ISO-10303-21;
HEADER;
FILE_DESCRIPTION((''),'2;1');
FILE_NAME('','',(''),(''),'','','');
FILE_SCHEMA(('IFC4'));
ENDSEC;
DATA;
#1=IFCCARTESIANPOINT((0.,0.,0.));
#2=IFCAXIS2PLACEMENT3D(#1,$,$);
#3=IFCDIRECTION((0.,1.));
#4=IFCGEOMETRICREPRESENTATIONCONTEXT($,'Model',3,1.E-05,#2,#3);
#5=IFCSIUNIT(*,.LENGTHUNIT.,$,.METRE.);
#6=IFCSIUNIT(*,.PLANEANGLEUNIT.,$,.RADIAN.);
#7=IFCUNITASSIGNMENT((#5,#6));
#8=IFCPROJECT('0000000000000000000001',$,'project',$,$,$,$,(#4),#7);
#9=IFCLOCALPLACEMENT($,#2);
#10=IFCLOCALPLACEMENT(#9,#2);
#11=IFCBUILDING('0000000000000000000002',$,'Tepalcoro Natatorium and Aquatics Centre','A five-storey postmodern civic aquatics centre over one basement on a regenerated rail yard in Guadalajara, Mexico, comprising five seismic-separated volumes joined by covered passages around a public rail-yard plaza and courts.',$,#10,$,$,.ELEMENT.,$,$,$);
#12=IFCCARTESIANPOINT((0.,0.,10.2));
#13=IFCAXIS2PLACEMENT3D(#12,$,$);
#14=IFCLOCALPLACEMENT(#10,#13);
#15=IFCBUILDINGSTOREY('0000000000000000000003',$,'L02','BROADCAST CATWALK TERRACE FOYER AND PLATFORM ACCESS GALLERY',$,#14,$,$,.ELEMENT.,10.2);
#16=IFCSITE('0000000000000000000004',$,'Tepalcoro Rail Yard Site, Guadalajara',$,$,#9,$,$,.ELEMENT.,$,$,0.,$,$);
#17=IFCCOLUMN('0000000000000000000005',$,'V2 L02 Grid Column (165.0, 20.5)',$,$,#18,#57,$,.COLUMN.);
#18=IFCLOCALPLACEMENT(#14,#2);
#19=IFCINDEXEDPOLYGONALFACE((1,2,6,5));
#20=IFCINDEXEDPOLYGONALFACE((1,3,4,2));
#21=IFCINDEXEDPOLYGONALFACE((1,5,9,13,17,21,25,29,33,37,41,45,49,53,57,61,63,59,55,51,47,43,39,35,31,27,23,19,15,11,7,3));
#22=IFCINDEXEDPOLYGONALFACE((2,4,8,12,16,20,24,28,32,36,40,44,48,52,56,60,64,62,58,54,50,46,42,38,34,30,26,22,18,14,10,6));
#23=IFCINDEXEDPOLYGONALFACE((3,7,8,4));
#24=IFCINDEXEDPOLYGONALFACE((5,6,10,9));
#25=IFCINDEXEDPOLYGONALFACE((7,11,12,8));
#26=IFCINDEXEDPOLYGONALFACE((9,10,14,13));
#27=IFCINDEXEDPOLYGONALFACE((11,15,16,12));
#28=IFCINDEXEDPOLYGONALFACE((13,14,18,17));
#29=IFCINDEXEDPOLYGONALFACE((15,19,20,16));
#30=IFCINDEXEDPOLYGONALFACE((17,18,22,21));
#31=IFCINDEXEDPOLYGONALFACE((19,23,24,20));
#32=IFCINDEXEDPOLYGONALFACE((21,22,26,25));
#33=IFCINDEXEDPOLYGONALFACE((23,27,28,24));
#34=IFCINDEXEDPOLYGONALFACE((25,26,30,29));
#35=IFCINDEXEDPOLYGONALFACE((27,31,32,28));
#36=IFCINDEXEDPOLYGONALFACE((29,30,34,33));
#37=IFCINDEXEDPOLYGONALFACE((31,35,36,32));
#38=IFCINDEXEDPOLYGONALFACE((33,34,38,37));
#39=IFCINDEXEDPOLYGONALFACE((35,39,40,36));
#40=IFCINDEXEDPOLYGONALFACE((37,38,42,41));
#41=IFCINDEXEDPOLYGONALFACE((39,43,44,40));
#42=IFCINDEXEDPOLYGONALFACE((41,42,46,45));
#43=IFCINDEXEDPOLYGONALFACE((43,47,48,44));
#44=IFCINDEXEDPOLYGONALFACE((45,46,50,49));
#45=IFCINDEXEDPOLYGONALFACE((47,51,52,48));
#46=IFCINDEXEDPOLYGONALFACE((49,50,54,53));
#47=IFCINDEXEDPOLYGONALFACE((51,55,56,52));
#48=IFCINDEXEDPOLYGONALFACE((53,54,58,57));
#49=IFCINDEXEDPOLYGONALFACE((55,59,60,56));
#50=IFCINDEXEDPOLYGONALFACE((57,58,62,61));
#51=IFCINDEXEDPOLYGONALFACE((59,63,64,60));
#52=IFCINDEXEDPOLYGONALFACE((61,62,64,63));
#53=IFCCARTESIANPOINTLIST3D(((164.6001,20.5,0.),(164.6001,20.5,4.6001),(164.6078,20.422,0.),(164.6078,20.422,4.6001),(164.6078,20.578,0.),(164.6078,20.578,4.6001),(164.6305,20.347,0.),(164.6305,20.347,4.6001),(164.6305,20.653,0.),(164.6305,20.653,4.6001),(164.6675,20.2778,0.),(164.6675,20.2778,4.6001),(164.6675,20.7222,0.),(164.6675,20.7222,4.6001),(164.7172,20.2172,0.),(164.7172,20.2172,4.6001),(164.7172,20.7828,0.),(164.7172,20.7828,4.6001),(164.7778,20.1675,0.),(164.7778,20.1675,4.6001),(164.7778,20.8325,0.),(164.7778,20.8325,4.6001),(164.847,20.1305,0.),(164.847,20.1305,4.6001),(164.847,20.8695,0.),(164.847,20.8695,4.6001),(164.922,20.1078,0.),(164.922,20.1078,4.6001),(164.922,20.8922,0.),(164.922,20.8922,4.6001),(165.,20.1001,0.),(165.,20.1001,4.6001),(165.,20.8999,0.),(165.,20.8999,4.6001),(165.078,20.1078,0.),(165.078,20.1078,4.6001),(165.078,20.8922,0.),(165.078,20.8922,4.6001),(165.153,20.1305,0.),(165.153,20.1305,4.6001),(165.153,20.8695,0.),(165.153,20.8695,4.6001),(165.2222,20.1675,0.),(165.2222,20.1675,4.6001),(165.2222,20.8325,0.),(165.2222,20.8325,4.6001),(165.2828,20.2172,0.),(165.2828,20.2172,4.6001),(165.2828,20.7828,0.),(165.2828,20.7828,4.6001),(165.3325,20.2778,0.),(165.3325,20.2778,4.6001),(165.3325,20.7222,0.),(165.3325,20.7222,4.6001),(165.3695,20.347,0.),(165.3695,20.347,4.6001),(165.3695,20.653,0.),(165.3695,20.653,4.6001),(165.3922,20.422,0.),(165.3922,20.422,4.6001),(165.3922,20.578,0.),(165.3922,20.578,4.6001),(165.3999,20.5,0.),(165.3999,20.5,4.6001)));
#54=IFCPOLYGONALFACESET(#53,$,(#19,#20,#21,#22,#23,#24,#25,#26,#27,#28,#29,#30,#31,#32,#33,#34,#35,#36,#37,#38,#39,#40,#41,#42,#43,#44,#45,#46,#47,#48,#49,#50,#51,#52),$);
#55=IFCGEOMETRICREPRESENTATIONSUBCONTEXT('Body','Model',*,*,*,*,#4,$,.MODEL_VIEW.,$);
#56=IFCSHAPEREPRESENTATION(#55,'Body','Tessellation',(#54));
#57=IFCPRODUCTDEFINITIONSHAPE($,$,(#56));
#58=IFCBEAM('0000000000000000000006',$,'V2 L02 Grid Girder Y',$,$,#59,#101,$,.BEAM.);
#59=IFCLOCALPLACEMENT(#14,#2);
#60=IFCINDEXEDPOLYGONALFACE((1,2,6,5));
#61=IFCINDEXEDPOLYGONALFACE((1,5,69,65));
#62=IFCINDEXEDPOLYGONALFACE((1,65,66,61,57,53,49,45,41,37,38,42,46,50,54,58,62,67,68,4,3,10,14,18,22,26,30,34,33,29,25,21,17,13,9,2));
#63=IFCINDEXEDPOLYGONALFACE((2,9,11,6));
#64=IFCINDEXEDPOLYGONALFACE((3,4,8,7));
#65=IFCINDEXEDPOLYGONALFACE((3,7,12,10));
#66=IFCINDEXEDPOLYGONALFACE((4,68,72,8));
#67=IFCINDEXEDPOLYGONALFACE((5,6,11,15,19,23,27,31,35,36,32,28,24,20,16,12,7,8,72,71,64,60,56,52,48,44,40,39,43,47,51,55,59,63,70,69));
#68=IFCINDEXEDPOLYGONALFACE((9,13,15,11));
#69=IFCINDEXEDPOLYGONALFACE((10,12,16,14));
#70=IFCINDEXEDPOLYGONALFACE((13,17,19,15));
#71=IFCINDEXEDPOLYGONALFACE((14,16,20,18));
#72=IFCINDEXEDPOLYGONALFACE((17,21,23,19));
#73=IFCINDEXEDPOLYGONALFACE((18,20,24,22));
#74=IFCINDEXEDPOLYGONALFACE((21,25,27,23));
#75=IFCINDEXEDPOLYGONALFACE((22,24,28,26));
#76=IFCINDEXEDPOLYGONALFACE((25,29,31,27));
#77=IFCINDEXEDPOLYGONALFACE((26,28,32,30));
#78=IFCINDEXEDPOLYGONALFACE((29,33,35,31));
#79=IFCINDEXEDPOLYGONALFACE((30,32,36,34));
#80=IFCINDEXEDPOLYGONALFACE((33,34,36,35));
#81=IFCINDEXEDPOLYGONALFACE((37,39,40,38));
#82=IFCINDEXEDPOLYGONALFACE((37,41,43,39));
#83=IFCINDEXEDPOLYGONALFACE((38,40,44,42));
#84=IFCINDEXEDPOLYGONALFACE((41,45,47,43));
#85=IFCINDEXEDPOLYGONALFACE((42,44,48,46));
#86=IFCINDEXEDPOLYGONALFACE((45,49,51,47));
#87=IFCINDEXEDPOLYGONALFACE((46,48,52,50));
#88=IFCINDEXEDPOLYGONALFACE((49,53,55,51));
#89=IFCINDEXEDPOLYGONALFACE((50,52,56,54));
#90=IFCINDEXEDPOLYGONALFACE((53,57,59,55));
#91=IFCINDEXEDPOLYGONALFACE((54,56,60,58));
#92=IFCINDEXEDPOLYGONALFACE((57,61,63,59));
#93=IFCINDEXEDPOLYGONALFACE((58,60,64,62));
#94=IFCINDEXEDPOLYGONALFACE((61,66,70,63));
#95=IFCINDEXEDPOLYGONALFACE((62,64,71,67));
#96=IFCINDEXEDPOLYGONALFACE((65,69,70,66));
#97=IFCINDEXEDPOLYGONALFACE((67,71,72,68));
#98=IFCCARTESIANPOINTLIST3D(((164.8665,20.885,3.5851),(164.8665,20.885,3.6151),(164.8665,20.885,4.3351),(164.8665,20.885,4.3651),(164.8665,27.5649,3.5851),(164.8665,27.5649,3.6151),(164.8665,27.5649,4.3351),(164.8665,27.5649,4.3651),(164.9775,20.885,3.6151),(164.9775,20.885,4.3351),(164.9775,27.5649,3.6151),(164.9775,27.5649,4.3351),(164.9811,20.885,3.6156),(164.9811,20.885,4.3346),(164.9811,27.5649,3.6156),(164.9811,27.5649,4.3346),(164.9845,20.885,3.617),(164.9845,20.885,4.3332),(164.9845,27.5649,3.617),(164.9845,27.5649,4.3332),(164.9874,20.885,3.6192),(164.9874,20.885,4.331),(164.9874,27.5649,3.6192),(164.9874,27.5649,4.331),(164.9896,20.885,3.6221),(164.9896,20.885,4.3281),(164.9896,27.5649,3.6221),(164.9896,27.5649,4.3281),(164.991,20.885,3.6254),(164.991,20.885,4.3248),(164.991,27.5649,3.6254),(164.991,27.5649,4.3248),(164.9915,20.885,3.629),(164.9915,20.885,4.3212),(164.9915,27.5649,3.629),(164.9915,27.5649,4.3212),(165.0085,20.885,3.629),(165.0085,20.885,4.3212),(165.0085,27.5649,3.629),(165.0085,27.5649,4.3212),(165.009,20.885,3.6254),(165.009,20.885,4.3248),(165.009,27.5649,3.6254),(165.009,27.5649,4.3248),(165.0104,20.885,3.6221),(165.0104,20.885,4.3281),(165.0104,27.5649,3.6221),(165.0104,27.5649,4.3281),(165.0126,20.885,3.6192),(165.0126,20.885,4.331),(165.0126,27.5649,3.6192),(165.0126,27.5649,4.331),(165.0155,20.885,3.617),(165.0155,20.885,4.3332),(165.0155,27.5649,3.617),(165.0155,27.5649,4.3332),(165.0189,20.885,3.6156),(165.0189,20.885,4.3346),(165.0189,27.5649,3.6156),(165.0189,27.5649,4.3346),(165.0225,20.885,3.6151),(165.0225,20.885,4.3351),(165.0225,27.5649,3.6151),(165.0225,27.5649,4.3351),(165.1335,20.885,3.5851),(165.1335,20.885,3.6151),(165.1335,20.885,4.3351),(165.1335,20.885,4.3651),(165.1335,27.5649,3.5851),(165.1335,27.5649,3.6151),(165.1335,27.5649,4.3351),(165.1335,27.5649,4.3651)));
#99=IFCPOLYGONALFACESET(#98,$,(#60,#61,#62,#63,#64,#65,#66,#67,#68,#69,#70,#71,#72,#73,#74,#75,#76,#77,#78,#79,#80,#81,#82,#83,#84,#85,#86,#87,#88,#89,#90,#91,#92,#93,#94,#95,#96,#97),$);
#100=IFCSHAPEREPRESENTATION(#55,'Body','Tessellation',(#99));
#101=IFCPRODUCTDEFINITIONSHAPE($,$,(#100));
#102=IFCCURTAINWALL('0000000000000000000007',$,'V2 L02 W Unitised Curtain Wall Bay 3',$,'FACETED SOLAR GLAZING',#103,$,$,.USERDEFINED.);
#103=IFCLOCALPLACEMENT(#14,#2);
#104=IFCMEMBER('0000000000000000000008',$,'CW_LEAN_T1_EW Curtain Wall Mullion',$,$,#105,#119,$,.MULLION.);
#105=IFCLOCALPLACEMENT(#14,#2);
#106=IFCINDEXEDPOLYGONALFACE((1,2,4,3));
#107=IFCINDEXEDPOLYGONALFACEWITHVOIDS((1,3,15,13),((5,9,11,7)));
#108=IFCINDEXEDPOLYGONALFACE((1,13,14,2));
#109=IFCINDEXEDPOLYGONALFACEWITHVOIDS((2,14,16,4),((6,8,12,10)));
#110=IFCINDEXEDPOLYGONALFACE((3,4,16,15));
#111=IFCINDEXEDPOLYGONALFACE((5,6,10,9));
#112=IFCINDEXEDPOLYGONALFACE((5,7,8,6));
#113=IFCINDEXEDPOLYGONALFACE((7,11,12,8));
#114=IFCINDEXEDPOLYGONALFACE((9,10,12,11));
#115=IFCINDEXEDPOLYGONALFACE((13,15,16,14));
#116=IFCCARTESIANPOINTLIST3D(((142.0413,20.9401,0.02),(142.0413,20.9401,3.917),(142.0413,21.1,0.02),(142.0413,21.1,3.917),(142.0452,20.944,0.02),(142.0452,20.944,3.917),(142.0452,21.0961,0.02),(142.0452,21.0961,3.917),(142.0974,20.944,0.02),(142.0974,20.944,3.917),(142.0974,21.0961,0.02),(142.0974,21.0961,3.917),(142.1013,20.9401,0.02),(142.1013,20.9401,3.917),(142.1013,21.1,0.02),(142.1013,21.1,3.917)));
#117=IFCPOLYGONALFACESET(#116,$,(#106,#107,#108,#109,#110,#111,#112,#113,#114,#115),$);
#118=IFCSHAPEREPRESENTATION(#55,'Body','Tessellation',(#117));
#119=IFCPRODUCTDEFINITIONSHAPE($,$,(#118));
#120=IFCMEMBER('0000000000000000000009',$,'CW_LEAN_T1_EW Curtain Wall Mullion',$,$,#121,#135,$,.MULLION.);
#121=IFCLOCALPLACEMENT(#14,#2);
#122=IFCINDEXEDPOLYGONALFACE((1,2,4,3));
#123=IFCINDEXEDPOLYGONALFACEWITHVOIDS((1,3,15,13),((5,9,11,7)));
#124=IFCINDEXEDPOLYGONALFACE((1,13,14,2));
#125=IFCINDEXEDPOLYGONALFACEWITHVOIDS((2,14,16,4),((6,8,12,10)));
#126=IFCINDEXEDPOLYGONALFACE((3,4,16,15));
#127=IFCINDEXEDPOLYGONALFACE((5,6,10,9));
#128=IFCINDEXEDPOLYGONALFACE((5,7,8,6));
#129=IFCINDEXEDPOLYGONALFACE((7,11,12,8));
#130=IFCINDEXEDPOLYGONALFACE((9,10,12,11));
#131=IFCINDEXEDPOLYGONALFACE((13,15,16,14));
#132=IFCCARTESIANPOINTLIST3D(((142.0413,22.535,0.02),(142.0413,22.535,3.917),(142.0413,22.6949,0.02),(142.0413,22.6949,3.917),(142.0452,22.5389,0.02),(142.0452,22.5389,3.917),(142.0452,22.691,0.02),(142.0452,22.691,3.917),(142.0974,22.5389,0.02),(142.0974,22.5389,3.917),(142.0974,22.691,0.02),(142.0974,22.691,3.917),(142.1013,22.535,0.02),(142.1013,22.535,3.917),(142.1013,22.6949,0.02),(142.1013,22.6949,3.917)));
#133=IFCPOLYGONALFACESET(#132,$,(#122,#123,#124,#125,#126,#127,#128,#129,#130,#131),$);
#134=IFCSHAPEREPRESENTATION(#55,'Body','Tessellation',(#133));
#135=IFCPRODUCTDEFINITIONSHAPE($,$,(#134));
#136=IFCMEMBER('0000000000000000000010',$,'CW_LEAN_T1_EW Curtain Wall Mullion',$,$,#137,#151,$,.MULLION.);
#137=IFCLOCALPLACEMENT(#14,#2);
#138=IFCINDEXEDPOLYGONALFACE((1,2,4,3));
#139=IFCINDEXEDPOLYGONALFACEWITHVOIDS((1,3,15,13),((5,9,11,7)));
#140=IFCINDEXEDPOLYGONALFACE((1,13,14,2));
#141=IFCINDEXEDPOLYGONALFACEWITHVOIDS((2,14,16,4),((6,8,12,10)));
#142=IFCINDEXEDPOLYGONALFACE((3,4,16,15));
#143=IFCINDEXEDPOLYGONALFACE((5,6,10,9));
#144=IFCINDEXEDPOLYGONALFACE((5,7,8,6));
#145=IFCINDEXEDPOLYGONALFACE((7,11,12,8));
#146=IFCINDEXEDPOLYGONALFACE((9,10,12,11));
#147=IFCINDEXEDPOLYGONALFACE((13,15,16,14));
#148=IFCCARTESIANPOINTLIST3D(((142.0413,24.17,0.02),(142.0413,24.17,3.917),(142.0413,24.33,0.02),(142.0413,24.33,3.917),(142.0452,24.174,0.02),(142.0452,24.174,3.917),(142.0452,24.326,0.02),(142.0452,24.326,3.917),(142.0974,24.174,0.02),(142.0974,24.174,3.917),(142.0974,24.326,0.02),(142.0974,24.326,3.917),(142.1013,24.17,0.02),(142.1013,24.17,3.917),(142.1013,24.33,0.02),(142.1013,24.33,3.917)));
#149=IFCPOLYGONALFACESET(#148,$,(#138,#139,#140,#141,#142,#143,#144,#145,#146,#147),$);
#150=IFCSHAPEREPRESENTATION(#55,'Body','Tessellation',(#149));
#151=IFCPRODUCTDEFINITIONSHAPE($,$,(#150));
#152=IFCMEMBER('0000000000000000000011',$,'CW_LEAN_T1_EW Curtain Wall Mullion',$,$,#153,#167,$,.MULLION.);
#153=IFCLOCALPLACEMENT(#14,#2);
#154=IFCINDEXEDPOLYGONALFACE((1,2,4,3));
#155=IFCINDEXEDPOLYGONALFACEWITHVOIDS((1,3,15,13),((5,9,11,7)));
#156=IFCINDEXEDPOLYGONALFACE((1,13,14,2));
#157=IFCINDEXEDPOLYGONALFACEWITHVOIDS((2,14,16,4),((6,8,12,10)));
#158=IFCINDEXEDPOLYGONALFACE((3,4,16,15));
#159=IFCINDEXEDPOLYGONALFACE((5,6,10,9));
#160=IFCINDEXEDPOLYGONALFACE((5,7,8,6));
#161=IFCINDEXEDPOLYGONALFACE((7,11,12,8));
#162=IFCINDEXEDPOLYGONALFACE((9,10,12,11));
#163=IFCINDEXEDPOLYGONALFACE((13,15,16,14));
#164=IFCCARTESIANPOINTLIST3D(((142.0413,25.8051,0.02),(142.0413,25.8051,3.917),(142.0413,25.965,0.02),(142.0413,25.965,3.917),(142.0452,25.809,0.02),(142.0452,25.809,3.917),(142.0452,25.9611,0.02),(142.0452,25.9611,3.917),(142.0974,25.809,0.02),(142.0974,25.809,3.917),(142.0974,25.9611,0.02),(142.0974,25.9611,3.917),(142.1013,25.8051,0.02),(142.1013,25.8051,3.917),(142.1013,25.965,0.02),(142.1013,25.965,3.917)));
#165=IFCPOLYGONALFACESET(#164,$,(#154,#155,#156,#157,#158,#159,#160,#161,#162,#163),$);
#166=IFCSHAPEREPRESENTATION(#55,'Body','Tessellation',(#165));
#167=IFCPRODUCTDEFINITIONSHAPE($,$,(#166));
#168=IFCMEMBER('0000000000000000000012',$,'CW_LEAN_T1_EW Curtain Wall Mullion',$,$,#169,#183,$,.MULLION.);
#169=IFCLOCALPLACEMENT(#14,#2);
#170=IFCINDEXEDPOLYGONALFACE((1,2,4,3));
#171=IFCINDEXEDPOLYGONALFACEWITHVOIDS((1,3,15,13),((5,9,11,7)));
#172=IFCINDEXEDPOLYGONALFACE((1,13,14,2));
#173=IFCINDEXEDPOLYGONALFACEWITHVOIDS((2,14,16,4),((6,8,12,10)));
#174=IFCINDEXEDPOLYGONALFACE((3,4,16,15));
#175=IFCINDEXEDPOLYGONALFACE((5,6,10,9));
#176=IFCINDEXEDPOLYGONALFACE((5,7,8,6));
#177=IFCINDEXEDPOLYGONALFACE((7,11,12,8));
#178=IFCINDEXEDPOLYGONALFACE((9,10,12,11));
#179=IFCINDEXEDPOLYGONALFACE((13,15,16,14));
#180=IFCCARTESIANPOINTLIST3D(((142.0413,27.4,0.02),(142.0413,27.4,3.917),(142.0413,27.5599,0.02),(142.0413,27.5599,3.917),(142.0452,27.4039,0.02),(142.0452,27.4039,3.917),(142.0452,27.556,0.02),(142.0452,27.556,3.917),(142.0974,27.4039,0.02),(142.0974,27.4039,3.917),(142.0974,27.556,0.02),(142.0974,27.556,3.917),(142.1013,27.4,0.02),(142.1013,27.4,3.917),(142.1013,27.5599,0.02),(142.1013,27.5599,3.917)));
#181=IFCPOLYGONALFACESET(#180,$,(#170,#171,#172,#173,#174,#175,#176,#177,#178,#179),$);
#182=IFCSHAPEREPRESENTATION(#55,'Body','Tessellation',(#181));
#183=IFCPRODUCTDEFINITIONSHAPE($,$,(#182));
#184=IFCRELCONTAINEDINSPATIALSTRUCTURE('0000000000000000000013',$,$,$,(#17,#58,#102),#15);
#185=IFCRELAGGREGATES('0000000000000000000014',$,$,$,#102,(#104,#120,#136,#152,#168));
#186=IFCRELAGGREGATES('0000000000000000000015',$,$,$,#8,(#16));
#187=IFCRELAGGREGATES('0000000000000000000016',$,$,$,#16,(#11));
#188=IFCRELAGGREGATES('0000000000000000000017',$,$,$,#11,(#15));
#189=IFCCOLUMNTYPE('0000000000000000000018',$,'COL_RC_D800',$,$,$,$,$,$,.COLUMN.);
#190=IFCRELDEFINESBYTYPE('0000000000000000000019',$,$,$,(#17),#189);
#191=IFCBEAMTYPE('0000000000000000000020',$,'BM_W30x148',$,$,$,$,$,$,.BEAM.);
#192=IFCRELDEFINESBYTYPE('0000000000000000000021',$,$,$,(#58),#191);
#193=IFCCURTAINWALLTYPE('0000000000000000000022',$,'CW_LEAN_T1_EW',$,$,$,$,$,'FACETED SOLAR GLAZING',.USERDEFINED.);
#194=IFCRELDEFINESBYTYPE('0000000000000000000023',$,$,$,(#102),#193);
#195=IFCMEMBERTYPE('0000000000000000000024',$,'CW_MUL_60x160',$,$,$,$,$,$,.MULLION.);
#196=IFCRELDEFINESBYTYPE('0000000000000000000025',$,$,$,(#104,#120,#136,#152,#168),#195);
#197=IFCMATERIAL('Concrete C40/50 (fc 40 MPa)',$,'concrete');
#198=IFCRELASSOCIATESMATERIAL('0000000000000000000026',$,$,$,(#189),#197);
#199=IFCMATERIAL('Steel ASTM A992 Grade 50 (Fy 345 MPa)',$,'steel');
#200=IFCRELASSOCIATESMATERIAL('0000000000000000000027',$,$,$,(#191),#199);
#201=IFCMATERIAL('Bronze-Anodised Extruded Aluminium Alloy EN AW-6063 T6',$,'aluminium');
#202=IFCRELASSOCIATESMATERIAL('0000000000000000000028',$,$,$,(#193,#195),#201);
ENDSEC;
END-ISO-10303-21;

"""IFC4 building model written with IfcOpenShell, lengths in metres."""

from ifc_helpers import new_model, si_unit, direction, frame, origin, origin_2d, place, context, subcontext, project, spatial, hollow_rectangle, circle, i_section, extrude, material, material_profile, profile_set, type_object, element, aggregate, save


model = new_model("IFC4")

# Units and contexts
model_context = context("Model", 3, precision=1e-05, world=origin(), true_north=direction((0.0, 1.0)))
body_context = subcontext(model_context, "Body", "Model", "MODEL_VIEW")
ifc_project = project(units=[si_unit("LENGTHUNIT", "METRE"), si_unit("PLANEANGLEUNIT", "RADIAN")], contexts=[model_context])

# Site, building, storey
site_placement = place(None, origin())
site = spatial("IfcSite", under=ifc_project, at=site_placement, Name="Tepalcoro Rail Yard Site, Guadalajara", CompositionType="ELEMENT", RefElevation=0.0)
building_placement = place(site_placement, origin())
building = spatial("IfcBuilding", under=site, at=building_placement, Name="Tepalcoro Natatorium and Aquatics Centre", Description="A five-storey postmodern civic aquatics centre over one basement on a regenerated rail yard in Guadalajara, Mexico, comprising five seismic-separated volumes joined by covered passages around a public rail-yard plaza and courts.", CompositionType="ELEMENT")
storey_placement = place(building_placement, frame((0.0, 0.0, 10.2)))
storey = spatial("IfcBuildingStorey", under=building, at=storey_placement, Name="L02", Description="BROADCAST CATWALK TERRACE FOYER AND PLATFORM ACCESS GALLERY", CompositionType="ELEMENT", Elevation=10.2)

# Column
ifc_material_1 = material(Name="Concrete C40/50 (fc 40 MPa)", Category="concrete")
ifc_material_profile_1 = material_profile(ifc_material_1, circle(Radius=0.3999, at=origin_2d()), Name="RCD800")
ifc_profile_set_1 = profile_set([ifc_material_profile_1], Name="Concrete C40/50 (fc 40 MPa)")
column_type = type_object("IfcColumnType", Name="COL_RC_D800", PredefinedType="COLUMN", material=ifc_profile_set_1)
column_placement = place(storey_placement, frame((165.0, 20.5, 0.0), z_axis=(0.0, 0.0, 1.0), x_axis=(1.0, 0.0, 0.0)))
element("IfcColumn", 1, at=column_placement, inside=storey, type_object=column_type, Name="V2 L02 Grid Column (165.0, 20.5)", PredefinedType="COLUMN", context=body_context, shape_type="SweptSolid", body=[
    extrude(circle(Radius=0.3999, at=origin_2d()), origin(), (0.0, 0.0, 1.0), 4.6001),
])

# Beam
ifc_material_2 = material(Name="Steel ASTM A992 Grade 50 (Fy 345 MPa)", Category="steel")
ifc_material_profile_2 = material_profile(ifc_material_2, i_section(OverallWidth=0.2671, OverallDepth=0.78, WebThickness=0.0171, FlangeThickness=0.03, FilletRadius=0.0139, at=origin_2d()), Name="W30X148")
ifc_profile_set_2 = profile_set([ifc_material_profile_2], Name="Steel ASTM A992 Grade 50 (Fy 345 MPa)")
beam_type = type_object("IfcBeamType", Name="BM_W30x148", PredefinedType="BEAM", material=ifc_profile_set_2)
beam_placement = place(storey_placement, frame((165.0, 20.885, 3.9751), z_axis=(0.0, 1.0, 0.0), x_axis=(-1.0, 0.0, 0.0)))
element("IfcBeam", 2, at=beam_placement, inside=storey, type_object=beam_type, Name="V2 L02 Grid Girder Y", PredefinedType="BEAM", context=body_context, shape_type="SweptSolid", body=[
    extrude(i_section(OverallWidth=0.2671, OverallDepth=0.78, WebThickness=0.0171, FlangeThickness=0.03, FilletRadius=0.0139, at=origin_2d()), origin(), (0.0, 0.0, 1.0), 6.6799),
])

# Curtain wall, members
ifc_material_3 = material(Name="Bronze-Anodised Extruded Aluminium Alloy EN AW-6063 T6", Category="aluminium")
curtain_wall_type_1 = type_object("IfcCurtainWallType", Name="CW_LEAN_T1_EW", ElementType="FACETED SOLAR GLAZING", PredefinedType="USERDEFINED", material=ifc_material_3)
curtain_wall_1_placement = place(storey_placement, origin())
curtain_wall_1 = element("IfcCurtainWall", 3, at=curtain_wall_1_placement, inside=storey, type_object=curtain_wall_type_1, Name="V2 L02 W Unitised Curtain Wall Bay 3", ObjectType="FACETED SOLAR GLAZING", PredefinedType="USERDEFINED")
ifc_material_profile_3 = material_profile(ifc_material_3, hollow_rectangle(XDim=0.0601, YDim=0.1599, WallThickness=0.0039, at=origin_2d()), Name="AL60X160X4")
ifc_profile_set_3 = profile_set([ifc_material_profile_3], Name="Bronze-Anodised Extruded Aluminium Alloy EN AW-6063 T6")
member_type_1 = type_object("IfcMemberType", Name="CW_MUL_60x160", PredefinedType="MULLION", material=ifc_profile_set_3)
member_1_placement = place(storey_placement, frame((142.0713, 21.02, 0.02), z_axis=(0.0, 0.0, 1.0), x_axis=(1.0, 0.0, 0.0)))
member_1 = element("IfcMember", 4, at=member_1_placement, type_object=member_type_1, Name="CW_LEAN_T1_EW Curtain Wall Mullion", PredefinedType="MULLION", context=body_context, shape_type="SweptSolid", body=[
    extrude(hollow_rectangle(XDim=0.0601, YDim=0.1599, WallThickness=0.0039, at=origin_2d()), origin(), (0.0, 0.0, 1.0), 3.897),
])
member_2_placement = place(storey_placement, frame((142.0713, 22.615, 0.02), z_axis=(0.0, 0.0, 1.0), x_axis=(1.0, 0.0, 0.0)))
member_2 = element("IfcMember", 5, at=member_2_placement, type_object=member_type_1, Name="CW_LEAN_T1_EW Curtain Wall Mullion", PredefinedType="MULLION", context=body_context, shape_type="SweptSolid", body=[
    extrude(hollow_rectangle(XDim=0.0601, YDim=0.1599, WallThickness=0.0039, at=origin_2d()), origin(), (0.0, 0.0, 1.0), 3.897),
])
member_3_placement = place(storey_placement, frame((142.0713, 24.25, 0.02), z_axis=(0.0, 0.0, 1.0), x_axis=(1.0, 0.0, 0.0)))
member_3 = element("IfcMember", 6, at=member_3_placement, type_object=member_type_1, Name="CW_LEAN_T1_EW Curtain Wall Mullion", PredefinedType="MULLION", context=body_context, shape_type="SweptSolid", body=[
    extrude(hollow_rectangle(XDim=0.0601, YDim=0.1599, WallThickness=0.0039, at=origin_2d()), origin(), (0.0, 0.0, 1.0), 3.897),
])
member_4_placement = place(storey_placement, frame((142.0713, 25.885, 0.02), z_axis=(0.0, 0.0, 1.0), x_axis=(1.0, 0.0, 0.0)))
member_4 = element("IfcMember", 7, at=member_4_placement, type_object=member_type_1, Name="CW_LEAN_T1_EW Curtain Wall Mullion", PredefinedType="MULLION", context=body_context, shape_type="SweptSolid", body=[
    extrude(hollow_rectangle(XDim=0.0601, YDim=0.1599, WallThickness=0.0039, at=origin_2d()), origin(), (0.0, 0.0, 1.0), 3.897),
])
member_5_placement = place(storey_placement, frame((142.0713, 27.48, 0.02), z_axis=(0.0, 0.0, 1.0), x_axis=(1.0, 0.0, 0.0)))
member_5 = element("IfcMember", 8, at=member_5_placement, type_object=member_type_1, Name="CW_LEAN_T1_EW Curtain Wall Mullion", PredefinedType="MULLION", context=body_context, shape_type="SweptSolid", body=[
    extrude(hollow_rectangle(XDim=0.0601, YDim=0.1599, WallThickness=0.0039, at=origin_2d()), origin(), (0.0, 0.0, 1.0), 3.897),
])

aggregate(curtain_wall_1, [member_1, member_2, member_3, member_4, member_5])

save(model, "model.ifc")
